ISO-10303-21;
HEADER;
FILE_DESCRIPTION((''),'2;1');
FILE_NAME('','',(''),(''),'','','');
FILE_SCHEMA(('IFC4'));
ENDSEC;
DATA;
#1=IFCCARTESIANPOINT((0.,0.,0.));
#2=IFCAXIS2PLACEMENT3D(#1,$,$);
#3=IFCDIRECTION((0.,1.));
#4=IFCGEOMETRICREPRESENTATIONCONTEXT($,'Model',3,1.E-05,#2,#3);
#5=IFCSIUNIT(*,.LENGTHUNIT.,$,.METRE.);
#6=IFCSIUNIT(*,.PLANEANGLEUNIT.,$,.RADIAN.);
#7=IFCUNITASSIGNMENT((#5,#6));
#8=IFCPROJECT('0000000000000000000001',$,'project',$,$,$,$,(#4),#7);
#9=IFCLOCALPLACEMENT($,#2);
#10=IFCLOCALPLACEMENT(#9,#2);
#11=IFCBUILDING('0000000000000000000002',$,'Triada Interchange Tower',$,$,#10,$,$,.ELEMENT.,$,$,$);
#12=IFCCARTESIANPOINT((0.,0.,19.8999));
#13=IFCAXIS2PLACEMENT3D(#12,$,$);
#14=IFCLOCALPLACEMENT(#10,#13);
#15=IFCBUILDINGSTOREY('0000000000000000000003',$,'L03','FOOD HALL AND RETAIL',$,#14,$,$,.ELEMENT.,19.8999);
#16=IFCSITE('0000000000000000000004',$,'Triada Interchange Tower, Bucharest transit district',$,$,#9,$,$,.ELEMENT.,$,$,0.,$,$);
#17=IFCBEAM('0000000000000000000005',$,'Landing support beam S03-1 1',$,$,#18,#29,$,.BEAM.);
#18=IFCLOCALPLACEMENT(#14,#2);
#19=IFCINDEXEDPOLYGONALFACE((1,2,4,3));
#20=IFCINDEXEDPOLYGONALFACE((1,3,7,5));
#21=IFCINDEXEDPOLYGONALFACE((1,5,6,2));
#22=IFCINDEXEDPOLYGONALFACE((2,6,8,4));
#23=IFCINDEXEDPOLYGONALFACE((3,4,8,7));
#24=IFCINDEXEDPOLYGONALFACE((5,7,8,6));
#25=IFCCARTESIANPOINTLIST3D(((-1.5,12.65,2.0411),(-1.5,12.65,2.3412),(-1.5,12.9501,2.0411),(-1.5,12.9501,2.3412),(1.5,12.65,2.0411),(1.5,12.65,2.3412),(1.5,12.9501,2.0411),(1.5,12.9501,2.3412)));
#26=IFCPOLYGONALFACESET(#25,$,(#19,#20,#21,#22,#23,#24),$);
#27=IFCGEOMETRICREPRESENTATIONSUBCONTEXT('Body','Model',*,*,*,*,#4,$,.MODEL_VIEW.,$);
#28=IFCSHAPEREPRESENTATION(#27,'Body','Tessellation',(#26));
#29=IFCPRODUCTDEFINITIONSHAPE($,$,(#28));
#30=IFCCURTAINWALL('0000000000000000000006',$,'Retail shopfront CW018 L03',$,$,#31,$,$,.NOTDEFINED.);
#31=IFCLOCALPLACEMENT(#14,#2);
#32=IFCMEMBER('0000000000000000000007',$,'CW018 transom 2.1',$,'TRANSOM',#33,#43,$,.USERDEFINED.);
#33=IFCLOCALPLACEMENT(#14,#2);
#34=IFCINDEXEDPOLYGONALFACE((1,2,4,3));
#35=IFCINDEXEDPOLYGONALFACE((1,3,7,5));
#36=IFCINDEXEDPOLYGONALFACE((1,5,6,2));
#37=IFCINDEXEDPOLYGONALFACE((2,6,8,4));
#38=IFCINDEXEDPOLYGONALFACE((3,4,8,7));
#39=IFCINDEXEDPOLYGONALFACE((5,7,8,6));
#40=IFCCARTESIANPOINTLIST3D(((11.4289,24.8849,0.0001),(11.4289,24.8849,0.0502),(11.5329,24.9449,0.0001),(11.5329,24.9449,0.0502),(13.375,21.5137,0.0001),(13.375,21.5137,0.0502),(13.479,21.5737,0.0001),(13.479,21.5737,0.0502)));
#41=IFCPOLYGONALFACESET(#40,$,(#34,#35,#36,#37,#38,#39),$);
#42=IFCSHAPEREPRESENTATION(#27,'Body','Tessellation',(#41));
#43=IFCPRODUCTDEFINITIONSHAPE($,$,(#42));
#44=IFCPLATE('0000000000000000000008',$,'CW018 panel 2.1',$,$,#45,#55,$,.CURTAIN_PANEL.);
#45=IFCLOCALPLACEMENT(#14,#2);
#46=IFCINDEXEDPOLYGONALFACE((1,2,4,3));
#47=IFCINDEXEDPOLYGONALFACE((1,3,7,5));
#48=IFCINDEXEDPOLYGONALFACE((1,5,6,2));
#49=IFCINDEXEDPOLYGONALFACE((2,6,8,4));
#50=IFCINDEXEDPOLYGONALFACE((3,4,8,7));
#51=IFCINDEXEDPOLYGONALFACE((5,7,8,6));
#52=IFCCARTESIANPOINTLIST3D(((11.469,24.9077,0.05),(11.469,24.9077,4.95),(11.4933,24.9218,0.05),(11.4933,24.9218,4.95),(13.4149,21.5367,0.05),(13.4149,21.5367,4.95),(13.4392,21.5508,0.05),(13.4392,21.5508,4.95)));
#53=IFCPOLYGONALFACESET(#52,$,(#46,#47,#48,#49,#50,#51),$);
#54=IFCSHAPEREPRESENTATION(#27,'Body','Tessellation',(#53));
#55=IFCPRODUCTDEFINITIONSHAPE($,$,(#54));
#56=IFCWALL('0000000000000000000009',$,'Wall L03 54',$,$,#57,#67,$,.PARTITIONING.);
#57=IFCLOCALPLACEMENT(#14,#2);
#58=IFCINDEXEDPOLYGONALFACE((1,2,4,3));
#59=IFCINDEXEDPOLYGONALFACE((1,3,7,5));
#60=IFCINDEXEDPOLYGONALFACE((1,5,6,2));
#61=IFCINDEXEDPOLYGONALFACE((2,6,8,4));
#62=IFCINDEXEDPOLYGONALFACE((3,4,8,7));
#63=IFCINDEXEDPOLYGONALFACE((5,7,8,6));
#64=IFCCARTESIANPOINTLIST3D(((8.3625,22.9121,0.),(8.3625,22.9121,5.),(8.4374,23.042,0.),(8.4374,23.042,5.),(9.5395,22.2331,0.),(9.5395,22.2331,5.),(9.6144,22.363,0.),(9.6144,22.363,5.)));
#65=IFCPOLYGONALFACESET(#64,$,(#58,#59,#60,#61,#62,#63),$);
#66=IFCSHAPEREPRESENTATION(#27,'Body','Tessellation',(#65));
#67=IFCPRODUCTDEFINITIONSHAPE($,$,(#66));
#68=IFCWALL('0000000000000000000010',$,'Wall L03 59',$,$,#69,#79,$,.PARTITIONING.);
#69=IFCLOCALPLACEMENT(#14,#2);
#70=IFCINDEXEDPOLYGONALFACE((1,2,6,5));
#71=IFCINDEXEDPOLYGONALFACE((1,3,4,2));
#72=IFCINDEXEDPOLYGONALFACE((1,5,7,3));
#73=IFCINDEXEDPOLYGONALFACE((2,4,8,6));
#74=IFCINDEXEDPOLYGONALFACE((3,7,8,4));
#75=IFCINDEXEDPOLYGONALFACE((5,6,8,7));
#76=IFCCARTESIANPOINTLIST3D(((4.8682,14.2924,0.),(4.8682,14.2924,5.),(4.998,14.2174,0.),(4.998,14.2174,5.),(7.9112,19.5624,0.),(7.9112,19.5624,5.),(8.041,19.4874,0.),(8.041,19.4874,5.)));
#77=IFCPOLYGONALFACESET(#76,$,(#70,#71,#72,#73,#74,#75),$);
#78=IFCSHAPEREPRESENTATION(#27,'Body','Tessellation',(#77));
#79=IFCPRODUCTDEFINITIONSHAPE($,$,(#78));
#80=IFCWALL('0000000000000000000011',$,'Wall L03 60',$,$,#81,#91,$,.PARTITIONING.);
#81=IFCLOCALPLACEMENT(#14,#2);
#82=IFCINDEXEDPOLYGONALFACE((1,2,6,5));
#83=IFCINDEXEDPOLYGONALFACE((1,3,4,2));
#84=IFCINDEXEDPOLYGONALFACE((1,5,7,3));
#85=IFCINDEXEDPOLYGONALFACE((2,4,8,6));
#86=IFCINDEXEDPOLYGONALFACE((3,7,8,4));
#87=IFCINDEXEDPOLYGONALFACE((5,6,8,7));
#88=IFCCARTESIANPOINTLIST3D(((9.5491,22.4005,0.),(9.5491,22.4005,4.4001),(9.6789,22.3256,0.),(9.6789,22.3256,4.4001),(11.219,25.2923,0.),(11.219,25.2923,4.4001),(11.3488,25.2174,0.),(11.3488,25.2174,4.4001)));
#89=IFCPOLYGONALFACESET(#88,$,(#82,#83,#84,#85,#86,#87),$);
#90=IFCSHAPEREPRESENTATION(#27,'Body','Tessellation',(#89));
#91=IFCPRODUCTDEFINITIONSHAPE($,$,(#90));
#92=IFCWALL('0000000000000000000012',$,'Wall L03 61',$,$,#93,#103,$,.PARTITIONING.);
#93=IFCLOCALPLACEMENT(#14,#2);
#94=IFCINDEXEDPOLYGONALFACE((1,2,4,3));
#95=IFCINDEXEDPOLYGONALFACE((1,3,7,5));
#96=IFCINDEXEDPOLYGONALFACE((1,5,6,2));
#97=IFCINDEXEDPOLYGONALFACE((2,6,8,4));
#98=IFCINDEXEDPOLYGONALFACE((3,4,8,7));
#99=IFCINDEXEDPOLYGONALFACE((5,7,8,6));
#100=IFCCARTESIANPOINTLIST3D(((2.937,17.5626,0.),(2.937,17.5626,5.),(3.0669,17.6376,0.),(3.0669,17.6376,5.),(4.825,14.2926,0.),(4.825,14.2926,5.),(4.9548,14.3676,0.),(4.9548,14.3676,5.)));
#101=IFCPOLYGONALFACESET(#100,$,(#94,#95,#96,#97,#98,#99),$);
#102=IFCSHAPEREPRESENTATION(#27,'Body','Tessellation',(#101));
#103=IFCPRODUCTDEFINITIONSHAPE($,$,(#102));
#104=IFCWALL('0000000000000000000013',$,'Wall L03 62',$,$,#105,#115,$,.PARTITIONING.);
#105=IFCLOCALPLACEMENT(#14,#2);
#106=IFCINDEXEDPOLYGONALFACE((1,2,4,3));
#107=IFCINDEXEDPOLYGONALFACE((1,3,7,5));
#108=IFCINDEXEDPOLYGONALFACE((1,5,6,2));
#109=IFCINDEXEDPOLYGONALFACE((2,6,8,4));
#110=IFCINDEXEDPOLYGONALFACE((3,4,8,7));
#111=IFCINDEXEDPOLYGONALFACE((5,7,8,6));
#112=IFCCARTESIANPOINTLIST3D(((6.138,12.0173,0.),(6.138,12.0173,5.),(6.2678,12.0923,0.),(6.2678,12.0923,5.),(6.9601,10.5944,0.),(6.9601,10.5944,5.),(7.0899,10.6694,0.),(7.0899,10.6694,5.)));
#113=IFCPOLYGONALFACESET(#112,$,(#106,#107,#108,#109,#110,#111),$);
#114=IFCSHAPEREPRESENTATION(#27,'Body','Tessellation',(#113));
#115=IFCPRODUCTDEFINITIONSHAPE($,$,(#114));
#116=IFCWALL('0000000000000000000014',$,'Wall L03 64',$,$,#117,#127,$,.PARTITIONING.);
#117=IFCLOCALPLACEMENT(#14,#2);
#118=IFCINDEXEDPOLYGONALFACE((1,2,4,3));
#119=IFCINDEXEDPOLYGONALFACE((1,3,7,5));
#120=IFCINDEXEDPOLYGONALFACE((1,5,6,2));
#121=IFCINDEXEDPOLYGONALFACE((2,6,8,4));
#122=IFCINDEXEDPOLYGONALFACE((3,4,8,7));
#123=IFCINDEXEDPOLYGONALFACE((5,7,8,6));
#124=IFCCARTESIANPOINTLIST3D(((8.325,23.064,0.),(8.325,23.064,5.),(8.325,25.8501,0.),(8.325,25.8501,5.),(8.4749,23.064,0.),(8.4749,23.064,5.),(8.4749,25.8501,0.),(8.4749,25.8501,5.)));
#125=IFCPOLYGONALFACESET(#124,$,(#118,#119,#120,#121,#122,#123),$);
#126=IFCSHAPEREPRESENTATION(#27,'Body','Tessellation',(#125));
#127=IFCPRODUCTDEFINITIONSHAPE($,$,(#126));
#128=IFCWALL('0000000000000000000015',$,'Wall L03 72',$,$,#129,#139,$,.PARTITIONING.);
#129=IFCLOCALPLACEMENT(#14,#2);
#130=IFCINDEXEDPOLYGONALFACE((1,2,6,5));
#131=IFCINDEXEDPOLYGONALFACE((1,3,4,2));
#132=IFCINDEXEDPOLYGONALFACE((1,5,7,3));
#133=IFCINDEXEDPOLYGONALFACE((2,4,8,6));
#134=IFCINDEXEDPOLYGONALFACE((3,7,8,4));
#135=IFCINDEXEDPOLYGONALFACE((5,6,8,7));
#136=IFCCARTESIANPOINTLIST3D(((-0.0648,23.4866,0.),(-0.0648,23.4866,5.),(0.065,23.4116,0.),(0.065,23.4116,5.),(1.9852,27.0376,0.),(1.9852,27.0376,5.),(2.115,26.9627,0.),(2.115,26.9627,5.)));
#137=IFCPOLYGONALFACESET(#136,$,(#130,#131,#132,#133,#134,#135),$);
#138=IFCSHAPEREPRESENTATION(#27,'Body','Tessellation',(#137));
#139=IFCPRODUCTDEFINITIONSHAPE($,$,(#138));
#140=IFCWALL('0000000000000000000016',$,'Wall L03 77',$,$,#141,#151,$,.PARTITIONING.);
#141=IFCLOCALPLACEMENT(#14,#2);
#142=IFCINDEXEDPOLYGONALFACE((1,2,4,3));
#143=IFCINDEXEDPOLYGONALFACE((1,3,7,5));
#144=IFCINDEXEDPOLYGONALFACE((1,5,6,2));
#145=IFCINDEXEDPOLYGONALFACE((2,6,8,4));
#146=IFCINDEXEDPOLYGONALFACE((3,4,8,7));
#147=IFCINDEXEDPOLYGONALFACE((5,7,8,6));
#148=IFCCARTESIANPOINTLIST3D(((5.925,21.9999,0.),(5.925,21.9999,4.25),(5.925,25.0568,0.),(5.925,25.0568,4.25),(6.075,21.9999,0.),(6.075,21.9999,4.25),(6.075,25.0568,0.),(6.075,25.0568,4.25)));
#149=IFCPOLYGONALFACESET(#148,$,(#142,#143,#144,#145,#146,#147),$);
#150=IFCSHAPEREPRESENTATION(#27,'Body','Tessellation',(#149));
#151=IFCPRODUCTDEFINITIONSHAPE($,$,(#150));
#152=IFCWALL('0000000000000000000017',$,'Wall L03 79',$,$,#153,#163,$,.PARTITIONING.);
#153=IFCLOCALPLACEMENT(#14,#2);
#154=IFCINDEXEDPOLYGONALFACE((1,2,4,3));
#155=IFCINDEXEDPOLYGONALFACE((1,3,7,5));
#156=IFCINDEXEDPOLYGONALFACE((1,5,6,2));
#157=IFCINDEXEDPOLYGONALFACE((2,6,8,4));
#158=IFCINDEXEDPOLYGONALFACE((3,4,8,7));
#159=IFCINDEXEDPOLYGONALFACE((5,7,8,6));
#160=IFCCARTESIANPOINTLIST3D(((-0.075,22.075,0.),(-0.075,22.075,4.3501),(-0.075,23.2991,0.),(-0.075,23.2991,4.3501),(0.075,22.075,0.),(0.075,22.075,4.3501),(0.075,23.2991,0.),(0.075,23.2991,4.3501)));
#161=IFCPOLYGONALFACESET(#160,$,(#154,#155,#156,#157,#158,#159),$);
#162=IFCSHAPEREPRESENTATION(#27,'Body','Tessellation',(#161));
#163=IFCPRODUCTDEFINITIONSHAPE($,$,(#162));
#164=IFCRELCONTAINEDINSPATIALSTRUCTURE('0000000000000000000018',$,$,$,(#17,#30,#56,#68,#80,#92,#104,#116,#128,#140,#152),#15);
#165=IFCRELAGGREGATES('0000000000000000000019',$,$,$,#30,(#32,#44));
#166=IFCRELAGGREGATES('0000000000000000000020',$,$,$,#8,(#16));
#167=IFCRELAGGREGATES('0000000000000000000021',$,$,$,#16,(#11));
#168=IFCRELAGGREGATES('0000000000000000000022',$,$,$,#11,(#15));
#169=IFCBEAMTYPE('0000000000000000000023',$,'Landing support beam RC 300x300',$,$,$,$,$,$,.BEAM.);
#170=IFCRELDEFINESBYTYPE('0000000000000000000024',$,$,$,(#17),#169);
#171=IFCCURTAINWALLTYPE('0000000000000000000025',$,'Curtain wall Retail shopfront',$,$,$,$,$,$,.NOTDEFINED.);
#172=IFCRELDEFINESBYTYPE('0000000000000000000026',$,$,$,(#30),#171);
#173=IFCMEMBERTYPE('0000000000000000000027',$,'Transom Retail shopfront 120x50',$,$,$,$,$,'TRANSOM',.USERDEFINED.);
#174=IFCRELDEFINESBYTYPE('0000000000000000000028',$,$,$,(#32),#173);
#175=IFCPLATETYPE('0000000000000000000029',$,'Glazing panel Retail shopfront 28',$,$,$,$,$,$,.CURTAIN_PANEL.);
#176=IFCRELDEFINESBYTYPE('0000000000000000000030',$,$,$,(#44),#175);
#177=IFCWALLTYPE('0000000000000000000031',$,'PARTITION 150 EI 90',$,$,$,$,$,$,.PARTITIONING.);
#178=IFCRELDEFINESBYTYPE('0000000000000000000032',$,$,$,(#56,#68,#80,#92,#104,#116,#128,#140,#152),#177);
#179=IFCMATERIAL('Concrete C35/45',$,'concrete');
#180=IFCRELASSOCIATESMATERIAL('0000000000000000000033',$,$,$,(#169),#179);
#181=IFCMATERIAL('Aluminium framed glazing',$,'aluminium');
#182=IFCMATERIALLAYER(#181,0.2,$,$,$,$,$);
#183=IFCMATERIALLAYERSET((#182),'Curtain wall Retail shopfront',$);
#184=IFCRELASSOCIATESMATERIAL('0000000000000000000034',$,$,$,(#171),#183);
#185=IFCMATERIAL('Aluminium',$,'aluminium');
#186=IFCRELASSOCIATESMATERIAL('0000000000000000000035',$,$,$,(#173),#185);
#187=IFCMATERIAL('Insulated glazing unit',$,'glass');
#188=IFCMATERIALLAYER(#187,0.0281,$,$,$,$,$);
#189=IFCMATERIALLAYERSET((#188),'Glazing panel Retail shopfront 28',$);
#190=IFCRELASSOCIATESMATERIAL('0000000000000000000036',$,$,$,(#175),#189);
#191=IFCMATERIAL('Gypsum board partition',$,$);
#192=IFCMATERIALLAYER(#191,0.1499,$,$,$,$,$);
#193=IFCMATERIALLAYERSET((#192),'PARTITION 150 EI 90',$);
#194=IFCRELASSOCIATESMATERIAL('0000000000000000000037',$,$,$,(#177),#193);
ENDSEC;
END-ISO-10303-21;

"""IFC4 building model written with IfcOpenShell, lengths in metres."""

from ifc_helpers import new_model, si_unit, direction, frame, frame_2d, origin, origin_2d, place, context, subcontext, project, spatial, rectangle, extrude, material, layer, layer_set, material_profile, profile_set, type_object, element, aggregate, save


model = new_model("IFC4")

# Units and contexts
model_context = context("Model", 3, precision=1e-05, world=origin(), true_north=direction((0.0, 1.0)))
body_context = subcontext(model_context, "Body", "Model", "MODEL_VIEW")
ifc_project = project(units=[si_unit("LENGTHUNIT", "METRE"), si_unit("PLANEANGLEUNIT", "RADIAN")], contexts=[model_context])

# Site, building, storey
site_placement = place(None, origin())
site = spatial("IfcSite", under=ifc_project, at=site_placement, Name="Triada Interchange Tower, Bucharest transit district", CompositionType="ELEMENT", RefElevation=0.0)
building_placement = place(site_placement, origin())
building = spatial("IfcBuilding", under=site, at=building_placement, Name="Triada Interchange Tower", CompositionType="ELEMENT")
storey_placement = place(building_placement, frame((0.0, 0.0, 19.8999)))
storey = spatial("IfcBuildingStorey", under=building, at=storey_placement, Name="L03", Description="FOOD HALL AND RETAIL", CompositionType="ELEMENT", Elevation=19.8999)

# Beam
ifc_material_1 = material(Name="Concrete C35/45", Category="concrete")
ifc_material_profile_1 = material_profile(ifc_material_1, rectangle(XDim=0.3, YDim=0.3, at=origin_2d()), Name="RC 300x300")
ifc_profile_set_1 = profile_set([ifc_material_profile_1], Name="Concrete C35/45")
beam_type = type_object("IfcBeamType", Name="Landing support beam RC 300x300", PredefinedType="BEAM", material=ifc_profile_set_1)
beam_placement = place(storey_placement, frame((1.5, 12.8, 2.1912), z_axis=(-1.0, 0.0, 0.0), x_axis=(0.0, -1.0, 0.0)))
element("IfcBeam", 1, at=beam_placement, inside=storey, type_object=beam_type, Name="Landing support beam S03-1 1", PredefinedType="BEAM", context=body_context, shape_type="SweptSolid", body=[
    extrude(rectangle(XDim=0.3, YDim=0.3, at=origin_2d()), origin(), (0.0, 0.0, 1.0), 3.0),
])

# Curtain wall, member, plate
ifc_material_2 = material(Name="Aluminium framed glazing", Category="aluminium")
ifc_layer_1 = layer(ifc_material_2, 0.2)
ifc_layer_set_1 = layer_set([ifc_layer_1], Name="Curtain wall Retail shopfront")
curtain_wall_type = type_object("IfcCurtainWallType", Name="Curtain wall Retail shopfront", PredefinedType="NOTDEFINED", material=ifc_layer_set_1)
curtain_wall_placement = place(storey_placement, origin())
curtain_wall = element("IfcCurtainWall", 2, at=curtain_wall_placement, inside=storey, type_object=curtain_wall_type, Name="Retail shopfront CW018 L03", PredefinedType="NOTDEFINED")
ifc_material_3 = material(Name="Aluminium", Category="aluminium")
ifc_material_profile_2 = material_profile(ifc_material_3, rectangle(XDim=0.1201, YDim=0.05, at=origin_2d()), Name="Aluminium transom")
ifc_profile_set_2 = profile_set([ifc_material_profile_2], Name="Aluminium")
member_type = type_object("IfcMemberType", Name="Transom Retail shopfront 120x50", ElementType="TRANSOM", PredefinedType="USERDEFINED", material=ifc_profile_set_2)
member_placement = place(storey_placement, frame((13.427, 21.5437, 0.0251), z_axis=(-0.49995, 0.866054, 0.0), x_axis=(-0.866054, -0.49995, 0.0)))
member = element("IfcMember", 3, at=member_placement, type_object=member_type, Name="CW018 transom 2.1", ObjectType="TRANSOM", PredefinedType="USERDEFINED", context=body_context, shape_type="SweptSolid", body=[
    extrude(rectangle(XDim=0.1201, YDim=0.05, at=origin_2d()), origin(), (0.0, 0.0, 1.0), 3.8926),
])
ifc_material_4 = material(Name="Insulated glazing unit", Category="glass")
ifc_layer_2 = layer(ifc_material_4, 0.0281)
ifc_layer_set_2 = layer_set([ifc_layer_2], Name="Glazing panel Retail shopfront 28")
plate_type = type_object("IfcPlateType", Name="Glazing panel Retail shopfront 28", PredefinedType="CURTAIN_PANEL", material=ifc_layer_set_2)
plate_placement = place(storey_placement, frame((12.4541, 23.2292, 0.05), z_axis=(0.0, 0.0, 1.0), x_axis=(-0.499948, 0.866055, 0.0)))
plate = element("IfcPlate", 4, at=plate_placement, type_object=plate_type, Name="CW018 panel 2.1", PredefinedType="CURTAIN_PANEL", context=body_context, shape_type="SweptSolid", body=[
    extrude(rectangle(XDim=3.8923, YDim=0.0281, at=origin_2d()), origin(), (0.0, 0.0, 1.0), 4.8999),
])
aggregate(curtain_wall, [member, plate])

# Walls
ifc_material_5 = material(Name="Gypsum board partition")
ifc_layer_3 = layer(ifc_material_5, 0.1499)
ifc_layer_set_3 = layer_set([ifc_layer_3], Name="PARTITION 150 EI 90")
wall_type_1 = type_object("IfcWallType", Name="PARTITION 150 EI 90", PredefinedType="PARTITIONING", material=ifc_layer_set_3)
wall_1_placement = place(storey_placement, frame((8.3999, 22.9771, 0.0), z_axis=(0.0, 0.0, 1.0), x_axis=(0.866213, -0.499676, 0.0)))
element("IfcWall", 5, at=wall_1_placement, inside=storey, type_object=wall_type_1, Name="Wall L03 54", PredefinedType="PARTITIONING", context=body_context, shape_type="SweptSolid", body=[
    extrude(rectangle(XDim=1.3589, YDim=0.1499, at=frame_2d((0.6794, 0.0))), origin(), (0.0, 0.0, 1.0), 5.0),
])
wall_2_placement = place(storey_placement, frame((4.9331, 14.2549, 0.0), z_axis=(0.0, 0.0, 1.0), x_axis=(0.50004, 0.866003, 0.0)))
element("IfcWall", 6, at=wall_2_placement, inside=storey, type_object=wall_type_1, Name="Wall L03 59", PredefinedType="PARTITIONING", context=body_context, shape_type="SweptSolid", body=[
    extrude(rectangle(XDim=6.0854, YDim=0.1499, at=frame_2d((3.0427, 0.0))), origin(), (0.0, 0.0, 1.0), 5.0),
])
wall_3_placement = place(storey_placement, frame((9.614, 22.363, 0.0), z_axis=(0.0, 0.0, 1.0), x_axis=(0.500071, 0.865985, 0.0)))
element("IfcWall", 7, at=wall_3_placement, inside=storey, type_object=wall_type_1, Name="Wall L03 60", PredefinedType="PARTITIONING", context=body_context, shape_type="SweptSolid", body=[
    extrude(rectangle(XDim=3.3394, YDim=0.1499, at=frame_2d((1.6697, 0.0))), origin(), (0.0, 0.0, 1.0), 4.4001),
])
wall_4_placement = place(storey_placement, frame((3.002, 17.6001, 0.0), z_axis=(0.0, 0.0, 1.0), x_axis=(0.499999, -0.866026, 0.0)))
element("IfcWall", 8, at=wall_4_placement, inside=storey, type_object=wall_type_1, Name="Wall L03 61", PredefinedType="PARTITIONING", context=body_context, shape_type="SweptSolid", body=[
    extrude(rectangle(XDim=3.7759, YDim=0.1499, at=frame_2d((1.8879, 0.0))), origin(), (0.0, 0.0, 1.0), 5.0),
])
wall_5_placement = place(storey_placement, frame((6.2029, 12.0549, 0.0), z_axis=(0.0, 0.0, 1.0), x_axis=(0.500245, -0.865884, 0.0)))
element("IfcWall", 9, at=wall_5_placement, inside=storey, type_object=wall_type_1, Name="Wall L03 62", PredefinedType="PARTITIONING", context=body_context, shape_type="SweptSolid", body=[
    extrude(rectangle(XDim=1.6433, YDim=0.1499, at=frame_2d((0.8218, 0.0))), origin(), (0.0, 0.0, 1.0), 5.0),
])
wall_6_placement = place(storey_placement, frame((8.3999, 23.064, 0.0), z_axis=(0.0, 0.0, 1.0), x_axis=(0.0, 1.0, 0.0)))
element("IfcWall", 10, at=wall_6_placement, inside=storey, type_object=wall_type_1, Name="Wall L03 64", PredefinedType="PARTITIONING", context=body_context, shape_type="SweptSolid", body=[
    extrude(rectangle(XDim=2.7861, YDim=0.1499, at=frame_2d((1.3931, 0.0))), origin(), (0.0, 0.0, 1.0), 5.0),
])
wall_7_placement = place(storey_placement, frame((0.0, 23.449, 0.0), z_axis=(0.0, 0.0, 1.0), x_axis=(0.499975, 0.86604, 0.0)))
element("IfcWall", 11, at=wall_7_placement, inside=storey, type_object=wall_type_1, Name="Wall L03 72", PredefinedType="PARTITIONING", context=body_context, shape_type="SweptSolid", body=[
    extrude(rectangle(XDim=4.1003, YDim=0.1499, at=frame_2d((2.0503, 0.0))), origin(), (0.0, 0.0, 1.0), 5.0),
])
wall_8_placement = place(storey_placement, frame((6.0, 22.0, 0.0), z_axis=(0.0, 0.0, 1.0), x_axis=(0.0, 1.0, 0.0)))
element("IfcWall", 12, at=wall_8_placement, inside=storey, type_object=wall_type_1, Name="Wall L03 77", PredefinedType="PARTITIONING", context=body_context, shape_type="SweptSolid", body=[
    extrude(rectangle(XDim=3.0569, YDim=0.1499, at=frame_2d((1.5283, 0.0))), origin(), (0.0, 0.0, 1.0), 4.25),
])
wall_9_placement = place(storey_placement, frame((0.0, 22.075, 0.0), z_axis=(0.0, 0.0, 1.0), x_axis=(0.0, 1.0, 0.0)))
element("IfcWall", 13, at=wall_9_placement, inside=storey, type_object=wall_type_1, Name="Wall L03 79", PredefinedType="PARTITIONING", context=body_context, shape_type="SweptSolid", body=[
    extrude(rectangle(XDim=1.2241, YDim=0.1499, at=frame_2d((0.6121, 0.0))), origin(), (0.0, 0.0, 1.0), 4.3501),
])

save(model, "model.ifc")
